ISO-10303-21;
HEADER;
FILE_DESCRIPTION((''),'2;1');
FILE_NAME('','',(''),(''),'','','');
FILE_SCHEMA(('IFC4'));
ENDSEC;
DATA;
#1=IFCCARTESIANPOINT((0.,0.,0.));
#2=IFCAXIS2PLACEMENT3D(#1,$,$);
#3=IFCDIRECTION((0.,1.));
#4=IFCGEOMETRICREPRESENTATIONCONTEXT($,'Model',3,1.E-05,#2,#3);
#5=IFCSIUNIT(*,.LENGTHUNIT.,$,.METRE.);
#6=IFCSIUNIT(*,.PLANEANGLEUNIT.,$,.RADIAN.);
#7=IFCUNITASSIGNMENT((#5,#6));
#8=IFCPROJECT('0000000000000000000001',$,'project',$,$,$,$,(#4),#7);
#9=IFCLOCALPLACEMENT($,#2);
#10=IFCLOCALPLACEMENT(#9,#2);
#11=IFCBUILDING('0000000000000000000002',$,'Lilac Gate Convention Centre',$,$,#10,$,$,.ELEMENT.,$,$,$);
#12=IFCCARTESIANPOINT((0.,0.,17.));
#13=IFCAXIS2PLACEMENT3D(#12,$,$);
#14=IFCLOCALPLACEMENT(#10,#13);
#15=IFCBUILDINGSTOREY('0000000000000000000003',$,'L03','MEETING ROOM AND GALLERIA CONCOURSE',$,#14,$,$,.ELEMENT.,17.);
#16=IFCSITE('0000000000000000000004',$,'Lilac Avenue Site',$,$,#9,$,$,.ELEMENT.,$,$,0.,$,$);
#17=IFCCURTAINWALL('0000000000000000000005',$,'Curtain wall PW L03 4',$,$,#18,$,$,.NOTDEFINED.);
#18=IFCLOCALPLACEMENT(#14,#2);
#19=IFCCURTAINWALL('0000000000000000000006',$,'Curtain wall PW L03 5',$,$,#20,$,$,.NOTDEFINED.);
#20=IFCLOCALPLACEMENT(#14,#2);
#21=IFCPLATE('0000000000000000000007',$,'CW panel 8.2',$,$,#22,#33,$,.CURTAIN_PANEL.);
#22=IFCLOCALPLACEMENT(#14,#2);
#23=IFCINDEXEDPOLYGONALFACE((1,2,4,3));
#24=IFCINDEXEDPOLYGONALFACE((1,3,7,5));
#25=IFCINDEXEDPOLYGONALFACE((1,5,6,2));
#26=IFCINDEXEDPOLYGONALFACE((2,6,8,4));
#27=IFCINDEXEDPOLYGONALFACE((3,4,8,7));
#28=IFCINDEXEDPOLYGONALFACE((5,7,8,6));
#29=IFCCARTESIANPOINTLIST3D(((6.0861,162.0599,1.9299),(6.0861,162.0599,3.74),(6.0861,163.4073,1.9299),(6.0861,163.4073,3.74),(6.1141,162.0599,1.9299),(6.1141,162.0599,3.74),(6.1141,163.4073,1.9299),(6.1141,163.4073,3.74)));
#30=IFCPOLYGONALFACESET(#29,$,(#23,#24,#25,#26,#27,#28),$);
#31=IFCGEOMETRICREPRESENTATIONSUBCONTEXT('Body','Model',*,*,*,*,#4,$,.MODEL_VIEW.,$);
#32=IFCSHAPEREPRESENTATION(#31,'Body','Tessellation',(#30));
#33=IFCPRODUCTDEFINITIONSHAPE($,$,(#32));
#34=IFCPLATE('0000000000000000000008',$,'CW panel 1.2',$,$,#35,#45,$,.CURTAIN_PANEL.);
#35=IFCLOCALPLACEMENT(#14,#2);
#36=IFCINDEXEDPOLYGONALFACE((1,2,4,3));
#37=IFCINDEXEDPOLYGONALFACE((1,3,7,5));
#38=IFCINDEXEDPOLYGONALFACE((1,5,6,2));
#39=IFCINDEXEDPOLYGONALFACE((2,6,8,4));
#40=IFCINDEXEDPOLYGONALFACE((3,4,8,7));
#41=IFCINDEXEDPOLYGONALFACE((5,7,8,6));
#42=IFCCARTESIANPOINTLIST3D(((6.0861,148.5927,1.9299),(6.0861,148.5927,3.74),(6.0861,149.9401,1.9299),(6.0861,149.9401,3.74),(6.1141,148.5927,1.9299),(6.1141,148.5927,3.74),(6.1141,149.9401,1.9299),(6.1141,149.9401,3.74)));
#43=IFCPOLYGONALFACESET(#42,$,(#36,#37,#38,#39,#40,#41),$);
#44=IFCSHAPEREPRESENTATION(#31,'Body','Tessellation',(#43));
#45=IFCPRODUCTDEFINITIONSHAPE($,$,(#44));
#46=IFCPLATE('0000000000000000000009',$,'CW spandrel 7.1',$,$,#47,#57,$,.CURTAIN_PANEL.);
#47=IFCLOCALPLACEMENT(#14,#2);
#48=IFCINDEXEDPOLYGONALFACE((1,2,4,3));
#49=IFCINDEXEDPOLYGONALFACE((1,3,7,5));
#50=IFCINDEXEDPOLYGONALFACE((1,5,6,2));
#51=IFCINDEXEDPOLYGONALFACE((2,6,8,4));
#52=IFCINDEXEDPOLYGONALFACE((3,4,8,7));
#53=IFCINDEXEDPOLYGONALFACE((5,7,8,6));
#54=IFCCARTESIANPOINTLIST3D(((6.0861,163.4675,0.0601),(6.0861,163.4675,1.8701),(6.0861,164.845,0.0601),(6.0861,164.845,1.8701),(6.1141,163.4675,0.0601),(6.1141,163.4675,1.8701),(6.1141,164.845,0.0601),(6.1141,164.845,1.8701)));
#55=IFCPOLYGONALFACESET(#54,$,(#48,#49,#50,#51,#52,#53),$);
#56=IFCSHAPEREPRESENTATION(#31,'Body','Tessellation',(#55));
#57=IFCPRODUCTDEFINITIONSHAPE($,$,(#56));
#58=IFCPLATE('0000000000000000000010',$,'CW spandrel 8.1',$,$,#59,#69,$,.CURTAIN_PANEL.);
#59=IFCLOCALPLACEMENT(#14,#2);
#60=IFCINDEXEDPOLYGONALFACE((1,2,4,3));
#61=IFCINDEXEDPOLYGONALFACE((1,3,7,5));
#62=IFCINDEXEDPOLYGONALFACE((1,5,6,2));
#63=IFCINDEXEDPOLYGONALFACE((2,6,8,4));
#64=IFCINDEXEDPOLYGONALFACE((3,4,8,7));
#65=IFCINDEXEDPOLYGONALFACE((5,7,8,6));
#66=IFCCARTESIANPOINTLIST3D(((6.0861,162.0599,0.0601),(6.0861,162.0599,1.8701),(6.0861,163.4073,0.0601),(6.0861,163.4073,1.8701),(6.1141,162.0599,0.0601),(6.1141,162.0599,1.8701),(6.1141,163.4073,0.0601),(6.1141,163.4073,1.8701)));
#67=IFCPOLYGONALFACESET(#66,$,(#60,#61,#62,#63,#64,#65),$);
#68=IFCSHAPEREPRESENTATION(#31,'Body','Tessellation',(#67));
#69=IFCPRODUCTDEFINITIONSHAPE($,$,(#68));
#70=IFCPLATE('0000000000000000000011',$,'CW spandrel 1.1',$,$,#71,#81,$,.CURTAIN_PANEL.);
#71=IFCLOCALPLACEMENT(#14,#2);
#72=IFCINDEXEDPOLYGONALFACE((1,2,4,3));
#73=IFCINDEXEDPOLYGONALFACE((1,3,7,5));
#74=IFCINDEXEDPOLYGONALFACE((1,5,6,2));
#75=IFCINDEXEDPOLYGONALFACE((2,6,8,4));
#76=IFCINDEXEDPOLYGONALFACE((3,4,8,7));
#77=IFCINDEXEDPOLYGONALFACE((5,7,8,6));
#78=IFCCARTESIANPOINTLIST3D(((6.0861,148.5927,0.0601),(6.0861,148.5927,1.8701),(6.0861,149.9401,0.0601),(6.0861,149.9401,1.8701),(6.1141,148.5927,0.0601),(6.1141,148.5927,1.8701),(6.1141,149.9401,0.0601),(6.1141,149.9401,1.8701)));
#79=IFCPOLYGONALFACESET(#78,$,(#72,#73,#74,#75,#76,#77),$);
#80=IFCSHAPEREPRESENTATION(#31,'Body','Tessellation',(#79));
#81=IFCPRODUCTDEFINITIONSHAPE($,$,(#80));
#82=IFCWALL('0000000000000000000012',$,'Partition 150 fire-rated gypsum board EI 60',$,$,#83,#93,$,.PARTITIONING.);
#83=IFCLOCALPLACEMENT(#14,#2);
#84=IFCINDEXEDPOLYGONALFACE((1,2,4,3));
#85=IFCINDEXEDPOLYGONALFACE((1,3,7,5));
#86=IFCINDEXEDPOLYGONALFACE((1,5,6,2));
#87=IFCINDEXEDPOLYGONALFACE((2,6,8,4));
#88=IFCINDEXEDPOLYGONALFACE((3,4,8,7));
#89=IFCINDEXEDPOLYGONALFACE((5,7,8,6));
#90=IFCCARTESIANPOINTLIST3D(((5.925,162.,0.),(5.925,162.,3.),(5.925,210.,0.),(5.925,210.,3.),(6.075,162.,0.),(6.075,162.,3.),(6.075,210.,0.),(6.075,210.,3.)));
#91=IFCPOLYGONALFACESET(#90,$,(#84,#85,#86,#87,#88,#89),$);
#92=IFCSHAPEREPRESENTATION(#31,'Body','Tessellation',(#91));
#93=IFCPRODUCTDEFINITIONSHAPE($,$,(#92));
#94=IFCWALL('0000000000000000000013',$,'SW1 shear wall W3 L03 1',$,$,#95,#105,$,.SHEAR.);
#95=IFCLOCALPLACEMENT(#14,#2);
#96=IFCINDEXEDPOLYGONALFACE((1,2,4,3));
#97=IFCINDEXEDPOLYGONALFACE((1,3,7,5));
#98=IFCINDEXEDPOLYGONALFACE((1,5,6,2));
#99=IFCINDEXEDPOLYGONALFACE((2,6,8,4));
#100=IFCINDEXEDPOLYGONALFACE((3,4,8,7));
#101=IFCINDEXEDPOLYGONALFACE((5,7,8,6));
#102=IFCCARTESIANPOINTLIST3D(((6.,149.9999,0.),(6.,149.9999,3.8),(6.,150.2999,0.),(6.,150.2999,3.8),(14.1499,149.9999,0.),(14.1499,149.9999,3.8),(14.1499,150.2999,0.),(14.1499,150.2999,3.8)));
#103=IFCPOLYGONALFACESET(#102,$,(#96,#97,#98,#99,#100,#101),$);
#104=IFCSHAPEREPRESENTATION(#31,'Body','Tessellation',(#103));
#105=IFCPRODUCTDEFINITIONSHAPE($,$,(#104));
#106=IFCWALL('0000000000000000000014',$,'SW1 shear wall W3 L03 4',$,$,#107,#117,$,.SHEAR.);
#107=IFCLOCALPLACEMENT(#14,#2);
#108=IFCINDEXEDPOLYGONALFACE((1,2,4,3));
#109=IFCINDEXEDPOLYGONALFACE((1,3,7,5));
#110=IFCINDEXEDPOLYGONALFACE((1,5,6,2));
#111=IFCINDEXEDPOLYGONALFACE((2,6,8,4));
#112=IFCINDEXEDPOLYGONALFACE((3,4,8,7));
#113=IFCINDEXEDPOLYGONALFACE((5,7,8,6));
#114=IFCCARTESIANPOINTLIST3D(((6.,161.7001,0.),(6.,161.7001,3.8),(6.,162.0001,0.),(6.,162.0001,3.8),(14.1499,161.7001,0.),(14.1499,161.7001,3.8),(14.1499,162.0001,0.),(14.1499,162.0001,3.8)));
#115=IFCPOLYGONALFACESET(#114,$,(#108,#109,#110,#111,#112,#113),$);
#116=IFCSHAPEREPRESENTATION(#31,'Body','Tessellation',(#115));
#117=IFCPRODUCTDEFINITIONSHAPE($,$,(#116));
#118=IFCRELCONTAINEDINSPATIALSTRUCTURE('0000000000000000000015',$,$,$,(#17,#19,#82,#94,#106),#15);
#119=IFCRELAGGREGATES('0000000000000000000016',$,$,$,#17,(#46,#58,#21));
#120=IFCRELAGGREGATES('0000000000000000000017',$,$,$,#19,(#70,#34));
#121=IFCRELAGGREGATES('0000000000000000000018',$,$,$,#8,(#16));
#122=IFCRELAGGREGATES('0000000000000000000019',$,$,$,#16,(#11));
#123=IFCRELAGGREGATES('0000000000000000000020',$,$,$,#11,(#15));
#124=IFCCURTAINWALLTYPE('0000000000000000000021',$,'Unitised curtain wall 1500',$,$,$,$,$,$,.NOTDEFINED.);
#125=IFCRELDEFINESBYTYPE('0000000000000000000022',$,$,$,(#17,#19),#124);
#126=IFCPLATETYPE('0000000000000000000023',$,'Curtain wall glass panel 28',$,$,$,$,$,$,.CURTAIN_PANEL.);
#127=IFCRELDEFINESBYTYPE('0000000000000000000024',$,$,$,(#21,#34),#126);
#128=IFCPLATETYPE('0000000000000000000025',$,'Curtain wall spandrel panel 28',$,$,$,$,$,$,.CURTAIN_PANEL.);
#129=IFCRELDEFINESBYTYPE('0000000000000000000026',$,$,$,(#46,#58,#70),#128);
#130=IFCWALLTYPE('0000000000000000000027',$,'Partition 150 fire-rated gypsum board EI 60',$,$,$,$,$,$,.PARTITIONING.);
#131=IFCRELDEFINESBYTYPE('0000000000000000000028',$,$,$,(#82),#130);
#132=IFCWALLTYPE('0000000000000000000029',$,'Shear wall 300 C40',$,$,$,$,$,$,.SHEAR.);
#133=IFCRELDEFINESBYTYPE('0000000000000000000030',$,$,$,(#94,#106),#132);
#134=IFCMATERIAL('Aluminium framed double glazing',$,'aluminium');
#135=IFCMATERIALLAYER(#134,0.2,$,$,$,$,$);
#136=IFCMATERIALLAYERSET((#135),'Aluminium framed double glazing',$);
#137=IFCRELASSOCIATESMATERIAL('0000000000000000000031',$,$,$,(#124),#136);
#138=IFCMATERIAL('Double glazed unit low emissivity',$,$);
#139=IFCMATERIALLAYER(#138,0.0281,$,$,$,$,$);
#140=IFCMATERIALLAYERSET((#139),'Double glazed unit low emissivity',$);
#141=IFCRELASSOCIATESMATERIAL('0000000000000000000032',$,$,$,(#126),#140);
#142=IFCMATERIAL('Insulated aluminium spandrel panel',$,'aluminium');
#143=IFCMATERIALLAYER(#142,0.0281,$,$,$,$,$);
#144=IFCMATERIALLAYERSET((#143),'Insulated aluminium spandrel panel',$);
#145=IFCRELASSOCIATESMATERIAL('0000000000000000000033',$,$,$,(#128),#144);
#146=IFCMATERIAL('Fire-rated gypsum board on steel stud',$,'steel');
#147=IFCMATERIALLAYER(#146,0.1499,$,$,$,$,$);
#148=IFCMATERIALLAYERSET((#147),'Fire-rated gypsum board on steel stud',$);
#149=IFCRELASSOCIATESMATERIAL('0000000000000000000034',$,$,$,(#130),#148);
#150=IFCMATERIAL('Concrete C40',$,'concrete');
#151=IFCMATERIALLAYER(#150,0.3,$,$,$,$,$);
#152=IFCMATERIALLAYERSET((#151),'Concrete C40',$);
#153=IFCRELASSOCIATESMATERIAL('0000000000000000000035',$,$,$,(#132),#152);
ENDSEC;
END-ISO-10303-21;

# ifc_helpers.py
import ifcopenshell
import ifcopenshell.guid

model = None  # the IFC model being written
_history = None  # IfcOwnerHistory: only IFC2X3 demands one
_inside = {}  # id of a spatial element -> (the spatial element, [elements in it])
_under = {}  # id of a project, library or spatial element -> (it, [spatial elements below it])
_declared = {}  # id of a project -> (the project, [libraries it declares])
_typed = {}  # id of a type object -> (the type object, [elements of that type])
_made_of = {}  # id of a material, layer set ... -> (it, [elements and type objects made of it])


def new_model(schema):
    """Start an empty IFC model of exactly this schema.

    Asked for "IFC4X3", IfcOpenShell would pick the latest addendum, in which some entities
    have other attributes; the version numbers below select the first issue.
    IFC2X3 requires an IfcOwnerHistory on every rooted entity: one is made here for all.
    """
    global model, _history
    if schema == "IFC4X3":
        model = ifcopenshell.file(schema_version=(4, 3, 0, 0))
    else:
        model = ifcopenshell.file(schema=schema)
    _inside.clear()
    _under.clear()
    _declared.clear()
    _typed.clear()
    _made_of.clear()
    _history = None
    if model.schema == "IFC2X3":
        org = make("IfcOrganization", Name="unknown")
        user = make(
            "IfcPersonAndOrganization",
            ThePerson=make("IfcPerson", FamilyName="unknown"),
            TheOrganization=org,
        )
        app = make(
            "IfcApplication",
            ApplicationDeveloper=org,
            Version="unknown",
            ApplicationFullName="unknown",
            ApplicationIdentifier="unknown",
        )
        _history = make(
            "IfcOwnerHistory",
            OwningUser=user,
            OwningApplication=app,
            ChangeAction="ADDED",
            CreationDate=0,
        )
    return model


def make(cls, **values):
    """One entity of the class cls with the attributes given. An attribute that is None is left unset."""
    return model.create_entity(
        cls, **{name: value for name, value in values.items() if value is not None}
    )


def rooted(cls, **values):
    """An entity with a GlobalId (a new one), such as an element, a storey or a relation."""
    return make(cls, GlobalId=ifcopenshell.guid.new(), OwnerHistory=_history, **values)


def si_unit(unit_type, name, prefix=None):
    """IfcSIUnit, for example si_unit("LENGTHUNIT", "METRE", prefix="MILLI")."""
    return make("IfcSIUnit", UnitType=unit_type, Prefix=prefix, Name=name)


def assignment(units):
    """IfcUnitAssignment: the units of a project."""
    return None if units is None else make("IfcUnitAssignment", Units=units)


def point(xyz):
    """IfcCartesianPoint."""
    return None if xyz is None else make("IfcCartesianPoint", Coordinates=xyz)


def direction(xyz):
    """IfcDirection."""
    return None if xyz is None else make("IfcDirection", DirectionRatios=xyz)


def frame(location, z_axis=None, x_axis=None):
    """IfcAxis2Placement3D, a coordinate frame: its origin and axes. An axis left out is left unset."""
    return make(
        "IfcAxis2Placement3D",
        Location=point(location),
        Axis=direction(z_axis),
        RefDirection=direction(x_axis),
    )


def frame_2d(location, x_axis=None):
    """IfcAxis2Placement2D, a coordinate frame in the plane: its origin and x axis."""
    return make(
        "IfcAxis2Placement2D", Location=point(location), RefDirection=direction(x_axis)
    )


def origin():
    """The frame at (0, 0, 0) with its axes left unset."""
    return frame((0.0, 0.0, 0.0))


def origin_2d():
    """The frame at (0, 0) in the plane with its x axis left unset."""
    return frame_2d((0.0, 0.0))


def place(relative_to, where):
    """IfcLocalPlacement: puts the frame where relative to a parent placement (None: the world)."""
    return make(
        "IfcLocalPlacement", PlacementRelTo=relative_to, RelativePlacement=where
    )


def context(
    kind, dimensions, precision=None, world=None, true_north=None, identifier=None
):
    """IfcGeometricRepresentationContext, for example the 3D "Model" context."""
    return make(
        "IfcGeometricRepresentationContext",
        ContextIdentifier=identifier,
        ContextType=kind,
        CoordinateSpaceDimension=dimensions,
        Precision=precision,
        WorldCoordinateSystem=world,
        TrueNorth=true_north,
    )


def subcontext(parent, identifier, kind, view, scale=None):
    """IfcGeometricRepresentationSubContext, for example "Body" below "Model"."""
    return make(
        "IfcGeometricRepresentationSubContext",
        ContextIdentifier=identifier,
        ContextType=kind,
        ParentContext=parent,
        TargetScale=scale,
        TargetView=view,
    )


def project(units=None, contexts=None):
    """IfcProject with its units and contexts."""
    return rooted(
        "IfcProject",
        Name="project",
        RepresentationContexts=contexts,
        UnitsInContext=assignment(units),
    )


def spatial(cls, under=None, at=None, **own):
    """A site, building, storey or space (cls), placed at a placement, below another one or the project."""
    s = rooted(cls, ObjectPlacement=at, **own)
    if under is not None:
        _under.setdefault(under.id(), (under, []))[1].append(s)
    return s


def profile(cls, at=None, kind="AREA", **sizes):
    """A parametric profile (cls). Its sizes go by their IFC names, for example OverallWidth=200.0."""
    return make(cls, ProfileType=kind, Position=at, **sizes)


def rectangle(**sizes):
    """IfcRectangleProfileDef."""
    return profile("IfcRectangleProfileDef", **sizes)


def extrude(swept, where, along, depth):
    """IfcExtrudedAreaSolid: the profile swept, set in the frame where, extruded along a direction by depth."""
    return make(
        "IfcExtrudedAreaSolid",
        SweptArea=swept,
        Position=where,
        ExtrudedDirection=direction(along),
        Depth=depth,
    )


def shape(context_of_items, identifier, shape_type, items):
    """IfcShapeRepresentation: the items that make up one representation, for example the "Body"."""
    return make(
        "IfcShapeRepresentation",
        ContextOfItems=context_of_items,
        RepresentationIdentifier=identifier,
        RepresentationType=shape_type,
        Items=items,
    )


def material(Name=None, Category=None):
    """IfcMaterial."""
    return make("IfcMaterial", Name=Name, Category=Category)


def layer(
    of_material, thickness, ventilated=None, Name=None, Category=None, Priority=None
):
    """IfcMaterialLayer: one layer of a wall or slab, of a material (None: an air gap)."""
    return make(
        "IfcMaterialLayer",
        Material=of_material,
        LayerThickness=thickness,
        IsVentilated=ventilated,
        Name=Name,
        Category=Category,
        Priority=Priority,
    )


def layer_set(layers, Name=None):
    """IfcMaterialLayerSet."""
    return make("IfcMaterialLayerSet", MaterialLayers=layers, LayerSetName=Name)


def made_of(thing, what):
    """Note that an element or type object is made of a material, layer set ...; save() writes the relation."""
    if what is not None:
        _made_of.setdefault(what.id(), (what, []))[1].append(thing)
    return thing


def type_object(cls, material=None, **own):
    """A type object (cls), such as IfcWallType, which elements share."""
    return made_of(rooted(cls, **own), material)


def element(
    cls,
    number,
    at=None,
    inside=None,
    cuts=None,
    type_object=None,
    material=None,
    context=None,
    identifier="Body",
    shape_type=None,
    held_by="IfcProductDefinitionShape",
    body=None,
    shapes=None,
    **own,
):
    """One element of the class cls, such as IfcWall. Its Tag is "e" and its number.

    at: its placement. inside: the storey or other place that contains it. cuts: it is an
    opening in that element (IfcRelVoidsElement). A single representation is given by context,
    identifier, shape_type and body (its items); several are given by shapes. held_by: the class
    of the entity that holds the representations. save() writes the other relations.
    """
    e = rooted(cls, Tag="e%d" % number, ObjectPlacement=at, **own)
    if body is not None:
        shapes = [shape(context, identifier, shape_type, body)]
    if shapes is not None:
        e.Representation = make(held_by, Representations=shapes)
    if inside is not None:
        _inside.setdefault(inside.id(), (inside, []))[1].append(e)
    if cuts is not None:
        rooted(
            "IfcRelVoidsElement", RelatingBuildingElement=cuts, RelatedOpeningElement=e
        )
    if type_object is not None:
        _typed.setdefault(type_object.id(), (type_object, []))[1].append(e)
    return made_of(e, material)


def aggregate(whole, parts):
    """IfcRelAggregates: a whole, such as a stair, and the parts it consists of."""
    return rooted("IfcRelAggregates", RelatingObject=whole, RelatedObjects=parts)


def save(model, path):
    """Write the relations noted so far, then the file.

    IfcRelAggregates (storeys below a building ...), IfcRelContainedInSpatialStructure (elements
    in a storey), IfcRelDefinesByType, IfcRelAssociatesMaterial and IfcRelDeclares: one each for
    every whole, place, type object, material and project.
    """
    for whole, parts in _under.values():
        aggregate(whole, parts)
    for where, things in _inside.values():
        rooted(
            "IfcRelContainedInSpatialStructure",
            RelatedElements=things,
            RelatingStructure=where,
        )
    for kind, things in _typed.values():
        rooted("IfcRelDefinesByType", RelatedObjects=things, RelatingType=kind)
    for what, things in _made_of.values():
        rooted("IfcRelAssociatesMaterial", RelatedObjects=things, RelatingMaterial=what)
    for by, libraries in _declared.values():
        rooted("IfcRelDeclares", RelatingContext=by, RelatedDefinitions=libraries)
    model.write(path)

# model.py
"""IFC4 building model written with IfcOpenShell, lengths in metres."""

from ifc_helpers import new_model, si_unit, direction, frame, frame_2d, origin, origin_2d, place, context, subcontext, project, spatial, rectangle, extrude, material, layer, layer_set, type_object, element, aggregate, save


model = new_model("IFC4")

# Units and contexts
model_context = context("Model", 3, precision=1e-05, world=origin(), true_north=direction((0.0, 1.0)))
body_context = subcontext(model_context, "Body", "Model", "MODEL_VIEW")
ifc_project = project(units=[si_unit("LENGTHUNIT", "METRE"), si_unit("PLANEANGLEUNIT", "RADIAN")], contexts=[model_context])

# Site, building, storey
site_placement = place(None, origin())
site = spatial("IfcSite", under=ifc_project, at=site_placement, Name="Lilac Avenue Site", CompositionType="ELEMENT", RefElevation=0.0)
building_placement = place(site_placement, origin())
building = spatial("IfcBuilding", under=site, at=building_placement, Name="Lilac Gate Convention Centre", CompositionType="ELEMENT")
storey_placement = place(building_placement, frame((0.0, 0.0, 17.0)))
storey = spatial("IfcBuildingStorey", under=building, at=storey_placement, Name="L03", Description="MEETING ROOM AND GALLERIA CONCOURSE", CompositionType="ELEMENT", Elevation=17.0)

# Curtain walls
ifc_material_1 = material(Name="Aluminium framed double glazing", Category="aluminium")
ifc_layer_1 = layer(ifc_material_1, 0.2)
ifc_layer_set_1 = layer_set([ifc_layer_1], Name="Aluminium framed double glazing")
curtain_wall_type = type_object("IfcCurtainWallType", Name="Unitised curtain wall 1500", PredefinedType="NOTDEFINED", material=ifc_layer_set_1)
curtain_wall_1_placement = place(storey_placement, origin())
curtain_wall_1 = element("IfcCurtainWall", 1, at=curtain_wall_1_placement, inside=storey, type_object=curtain_wall_type, Name="Curtain wall PW L03 4", PredefinedType="NOTDEFINED")
curtain_wall_2_placement = place(storey_placement, origin())
curtain_wall_2 = element("IfcCurtainWall", 2, at=curtain_wall_2_placement, inside=storey, type_object=curtain_wall_type, Name="Curtain wall PW L03 5", PredefinedType="NOTDEFINED")

# Shared definitions
ifc_material_2 = material(Name="Concrete C40", Category="concrete")

# Plates
ifc_material_3 = material(Name="Double glazed unit low emissivity")
ifc_layer_2 = layer(ifc_material_3, 0.0281)
ifc_layer_set_2 = layer_set([ifc_layer_2], Name="Double glazed unit low emissivity")
plate_type_1 = type_object("IfcPlateType", Name="Curtain wall glass panel 28", PredefinedType="CURTAIN_PANEL", material=ifc_layer_set_2)
plate_1_placement = place(storey_placement, frame((6.1001, 162.7336, 1.9299), z_axis=(0.0, 0.0, 1.0), x_axis=(0.0, -1.0, 0.0)))
plate_1 = element("IfcPlate", 3, at=plate_1_placement, type_object=plate_type_1, Name="CW panel 8.2", PredefinedType="CURTAIN_PANEL", context=body_context, shape_type="SweptSolid", body=[
    extrude(rectangle(XDim=1.3474, YDim=0.0281, at=origin_2d()), origin(), (0.0, 0.0, 1.0), 1.8101),
])
plate_2_placement = place(storey_placement, frame((6.1001, 149.2664, 1.9299), z_axis=(0.0, 0.0, 1.0), x_axis=(0.0, -1.0, 0.0)))
plate_2 = element("IfcPlate", 4, at=plate_2_placement, type_object=plate_type_1, Name="CW panel 1.2", PredefinedType="CURTAIN_PANEL", context=body_context, shape_type="SweptSolid", body=[
    extrude(rectangle(XDim=1.3474, YDim=0.0281, at=origin_2d()), origin(), (0.0, 0.0, 1.0), 1.8101),
])
ifc_material_4 = material(Name="Insulated aluminium spandrel panel", Category="aluminium")
ifc_layer_3 = layer(ifc_material_4, 0.0281)
ifc_layer_set_3 = layer_set([ifc_layer_3], Name="Insulated aluminium spandrel panel")
plate_type_2 = type_object("IfcPlateType", Name="Curtain wall spandrel panel 28", PredefinedType="CURTAIN_PANEL", material=ifc_layer_set_3)
plate_3_placement = place(storey_placement, frame((6.1001, 164.1562, 0.0601), z_axis=(0.0, 0.0, 1.0), x_axis=(0.0, -1.0, 0.0)))
plate_3 = element("IfcPlate", 5, at=plate_3_placement, type_object=plate_type_2, Name="CW spandrel 7.1", PredefinedType="CURTAIN_PANEL", context=body_context, shape_type="SweptSolid", body=[
    extrude(rectangle(XDim=1.3774, YDim=0.0281, at=origin_2d()), origin(), (0.0, 0.0, 1.0), 1.8101),
])
plate_4_placement = place(storey_placement, frame((6.1001, 162.7336, 0.0601), z_axis=(0.0, 0.0, 1.0), x_axis=(0.0, -1.0, 0.0)))
plate_4 = element("IfcPlate", 6, at=plate_4_placement, type_object=plate_type_2, Name="CW spandrel 8.1", PredefinedType="CURTAIN_PANEL", context=body_context, shape_type="SweptSolid", body=[
    extrude(rectangle(XDim=1.3474, YDim=0.0281, at=origin_2d()), origin(), (0.0, 0.0, 1.0), 1.8101),
])
aggregate(curtain_wall_1, [plate_3, plate_4, plate_1])
plate_5_placement = place(storey_placement, frame((6.1001, 149.2664, 0.0601), z_axis=(0.0, 0.0, 1.0), x_axis=(0.0, -1.0, 0.0)))
plate_5 = element("IfcPlate", 7, at=plate_5_placement, type_object=plate_type_2, Name="CW spandrel 1.1", PredefinedType="CURTAIN_PANEL", context=body_context, shape_type="SweptSolid", body=[
    extrude(rectangle(XDim=1.3474, YDim=0.0281, at=origin_2d()), origin(), (0.0, 0.0, 1.0), 1.8101),
])
aggregate(curtain_wall_2, [plate_5, plate_2])

# Walls
ifc_material_5 = material(Name="Fire-rated gypsum board on steel stud", Category="steel")
ifc_layer_4 = layer(ifc_material_5, 0.1499)
ifc_layer_set_4 = layer_set([ifc_layer_4], Name="Fire-rated gypsum board on steel stud")
wall_type_1 = type_object("IfcWallType", Name="Partition 150 fire-rated gypsum board EI 60", PredefinedType="PARTITIONING", material=ifc_layer_set_4)
wall_placement = place(storey_placement, frame((6.0, 162.0, 0.0), z_axis=(0.0, 0.0, 1.0), x_axis=(0.0, 1.0, 0.0)))
element("IfcWall", 8, at=wall_placement, inside=storey, type_object=wall_type_1, Name="Partition 150 fire-rated gypsum board EI 60", PredefinedType="PARTITIONING", context=body_context, shape_type="SweptSolid", body=[
    extrude(rectangle(XDim=48.0, YDim=0.1499, at=frame_2d((24.0, 0.0))), origin(), (0.0, 0.0, 1.0), 3.0),
])
ifc_layer_5 = layer(ifc_material_2, 0.3)
ifc_layer_set_5 = layer_set([ifc_layer_5], Name="Concrete C40")
wall_type_2 = type_object("IfcWallType", Name="Shear wall 300 C40", PredefinedType="SHEAR", material=ifc_layer_set_5)
for number, where, z_axis, x_axis, name in (
    (9, (6.0, 150.1499, 0.0), (0.0, 0.0, 1.0), (1.0, 0.0, 0.0), "SW1 shear wall W3 L03 1"),
    (10, (6.0, 161.8501, 0.0), (0.0, 0.0, 1.0), (1.0, 0.0, 0.0), "SW1 shear wall W3 L03 4"),
):
    element("IfcWall", number, at=place(storey_placement, frame(where, z_axis=z_axis, x_axis=x_axis)), inside=storey, type_object=wall_type_2, Name=name, PredefinedType="SHEAR", context=body_context, shape_type="SweptSolid", body=[
        extrude(rectangle(XDim=8.1499, YDim=0.3, at=frame_2d((4.075, 0.0))), origin(), (0.0, 0.0, 1.0), 3.8),
    ])

save(model, "model.ifc")
